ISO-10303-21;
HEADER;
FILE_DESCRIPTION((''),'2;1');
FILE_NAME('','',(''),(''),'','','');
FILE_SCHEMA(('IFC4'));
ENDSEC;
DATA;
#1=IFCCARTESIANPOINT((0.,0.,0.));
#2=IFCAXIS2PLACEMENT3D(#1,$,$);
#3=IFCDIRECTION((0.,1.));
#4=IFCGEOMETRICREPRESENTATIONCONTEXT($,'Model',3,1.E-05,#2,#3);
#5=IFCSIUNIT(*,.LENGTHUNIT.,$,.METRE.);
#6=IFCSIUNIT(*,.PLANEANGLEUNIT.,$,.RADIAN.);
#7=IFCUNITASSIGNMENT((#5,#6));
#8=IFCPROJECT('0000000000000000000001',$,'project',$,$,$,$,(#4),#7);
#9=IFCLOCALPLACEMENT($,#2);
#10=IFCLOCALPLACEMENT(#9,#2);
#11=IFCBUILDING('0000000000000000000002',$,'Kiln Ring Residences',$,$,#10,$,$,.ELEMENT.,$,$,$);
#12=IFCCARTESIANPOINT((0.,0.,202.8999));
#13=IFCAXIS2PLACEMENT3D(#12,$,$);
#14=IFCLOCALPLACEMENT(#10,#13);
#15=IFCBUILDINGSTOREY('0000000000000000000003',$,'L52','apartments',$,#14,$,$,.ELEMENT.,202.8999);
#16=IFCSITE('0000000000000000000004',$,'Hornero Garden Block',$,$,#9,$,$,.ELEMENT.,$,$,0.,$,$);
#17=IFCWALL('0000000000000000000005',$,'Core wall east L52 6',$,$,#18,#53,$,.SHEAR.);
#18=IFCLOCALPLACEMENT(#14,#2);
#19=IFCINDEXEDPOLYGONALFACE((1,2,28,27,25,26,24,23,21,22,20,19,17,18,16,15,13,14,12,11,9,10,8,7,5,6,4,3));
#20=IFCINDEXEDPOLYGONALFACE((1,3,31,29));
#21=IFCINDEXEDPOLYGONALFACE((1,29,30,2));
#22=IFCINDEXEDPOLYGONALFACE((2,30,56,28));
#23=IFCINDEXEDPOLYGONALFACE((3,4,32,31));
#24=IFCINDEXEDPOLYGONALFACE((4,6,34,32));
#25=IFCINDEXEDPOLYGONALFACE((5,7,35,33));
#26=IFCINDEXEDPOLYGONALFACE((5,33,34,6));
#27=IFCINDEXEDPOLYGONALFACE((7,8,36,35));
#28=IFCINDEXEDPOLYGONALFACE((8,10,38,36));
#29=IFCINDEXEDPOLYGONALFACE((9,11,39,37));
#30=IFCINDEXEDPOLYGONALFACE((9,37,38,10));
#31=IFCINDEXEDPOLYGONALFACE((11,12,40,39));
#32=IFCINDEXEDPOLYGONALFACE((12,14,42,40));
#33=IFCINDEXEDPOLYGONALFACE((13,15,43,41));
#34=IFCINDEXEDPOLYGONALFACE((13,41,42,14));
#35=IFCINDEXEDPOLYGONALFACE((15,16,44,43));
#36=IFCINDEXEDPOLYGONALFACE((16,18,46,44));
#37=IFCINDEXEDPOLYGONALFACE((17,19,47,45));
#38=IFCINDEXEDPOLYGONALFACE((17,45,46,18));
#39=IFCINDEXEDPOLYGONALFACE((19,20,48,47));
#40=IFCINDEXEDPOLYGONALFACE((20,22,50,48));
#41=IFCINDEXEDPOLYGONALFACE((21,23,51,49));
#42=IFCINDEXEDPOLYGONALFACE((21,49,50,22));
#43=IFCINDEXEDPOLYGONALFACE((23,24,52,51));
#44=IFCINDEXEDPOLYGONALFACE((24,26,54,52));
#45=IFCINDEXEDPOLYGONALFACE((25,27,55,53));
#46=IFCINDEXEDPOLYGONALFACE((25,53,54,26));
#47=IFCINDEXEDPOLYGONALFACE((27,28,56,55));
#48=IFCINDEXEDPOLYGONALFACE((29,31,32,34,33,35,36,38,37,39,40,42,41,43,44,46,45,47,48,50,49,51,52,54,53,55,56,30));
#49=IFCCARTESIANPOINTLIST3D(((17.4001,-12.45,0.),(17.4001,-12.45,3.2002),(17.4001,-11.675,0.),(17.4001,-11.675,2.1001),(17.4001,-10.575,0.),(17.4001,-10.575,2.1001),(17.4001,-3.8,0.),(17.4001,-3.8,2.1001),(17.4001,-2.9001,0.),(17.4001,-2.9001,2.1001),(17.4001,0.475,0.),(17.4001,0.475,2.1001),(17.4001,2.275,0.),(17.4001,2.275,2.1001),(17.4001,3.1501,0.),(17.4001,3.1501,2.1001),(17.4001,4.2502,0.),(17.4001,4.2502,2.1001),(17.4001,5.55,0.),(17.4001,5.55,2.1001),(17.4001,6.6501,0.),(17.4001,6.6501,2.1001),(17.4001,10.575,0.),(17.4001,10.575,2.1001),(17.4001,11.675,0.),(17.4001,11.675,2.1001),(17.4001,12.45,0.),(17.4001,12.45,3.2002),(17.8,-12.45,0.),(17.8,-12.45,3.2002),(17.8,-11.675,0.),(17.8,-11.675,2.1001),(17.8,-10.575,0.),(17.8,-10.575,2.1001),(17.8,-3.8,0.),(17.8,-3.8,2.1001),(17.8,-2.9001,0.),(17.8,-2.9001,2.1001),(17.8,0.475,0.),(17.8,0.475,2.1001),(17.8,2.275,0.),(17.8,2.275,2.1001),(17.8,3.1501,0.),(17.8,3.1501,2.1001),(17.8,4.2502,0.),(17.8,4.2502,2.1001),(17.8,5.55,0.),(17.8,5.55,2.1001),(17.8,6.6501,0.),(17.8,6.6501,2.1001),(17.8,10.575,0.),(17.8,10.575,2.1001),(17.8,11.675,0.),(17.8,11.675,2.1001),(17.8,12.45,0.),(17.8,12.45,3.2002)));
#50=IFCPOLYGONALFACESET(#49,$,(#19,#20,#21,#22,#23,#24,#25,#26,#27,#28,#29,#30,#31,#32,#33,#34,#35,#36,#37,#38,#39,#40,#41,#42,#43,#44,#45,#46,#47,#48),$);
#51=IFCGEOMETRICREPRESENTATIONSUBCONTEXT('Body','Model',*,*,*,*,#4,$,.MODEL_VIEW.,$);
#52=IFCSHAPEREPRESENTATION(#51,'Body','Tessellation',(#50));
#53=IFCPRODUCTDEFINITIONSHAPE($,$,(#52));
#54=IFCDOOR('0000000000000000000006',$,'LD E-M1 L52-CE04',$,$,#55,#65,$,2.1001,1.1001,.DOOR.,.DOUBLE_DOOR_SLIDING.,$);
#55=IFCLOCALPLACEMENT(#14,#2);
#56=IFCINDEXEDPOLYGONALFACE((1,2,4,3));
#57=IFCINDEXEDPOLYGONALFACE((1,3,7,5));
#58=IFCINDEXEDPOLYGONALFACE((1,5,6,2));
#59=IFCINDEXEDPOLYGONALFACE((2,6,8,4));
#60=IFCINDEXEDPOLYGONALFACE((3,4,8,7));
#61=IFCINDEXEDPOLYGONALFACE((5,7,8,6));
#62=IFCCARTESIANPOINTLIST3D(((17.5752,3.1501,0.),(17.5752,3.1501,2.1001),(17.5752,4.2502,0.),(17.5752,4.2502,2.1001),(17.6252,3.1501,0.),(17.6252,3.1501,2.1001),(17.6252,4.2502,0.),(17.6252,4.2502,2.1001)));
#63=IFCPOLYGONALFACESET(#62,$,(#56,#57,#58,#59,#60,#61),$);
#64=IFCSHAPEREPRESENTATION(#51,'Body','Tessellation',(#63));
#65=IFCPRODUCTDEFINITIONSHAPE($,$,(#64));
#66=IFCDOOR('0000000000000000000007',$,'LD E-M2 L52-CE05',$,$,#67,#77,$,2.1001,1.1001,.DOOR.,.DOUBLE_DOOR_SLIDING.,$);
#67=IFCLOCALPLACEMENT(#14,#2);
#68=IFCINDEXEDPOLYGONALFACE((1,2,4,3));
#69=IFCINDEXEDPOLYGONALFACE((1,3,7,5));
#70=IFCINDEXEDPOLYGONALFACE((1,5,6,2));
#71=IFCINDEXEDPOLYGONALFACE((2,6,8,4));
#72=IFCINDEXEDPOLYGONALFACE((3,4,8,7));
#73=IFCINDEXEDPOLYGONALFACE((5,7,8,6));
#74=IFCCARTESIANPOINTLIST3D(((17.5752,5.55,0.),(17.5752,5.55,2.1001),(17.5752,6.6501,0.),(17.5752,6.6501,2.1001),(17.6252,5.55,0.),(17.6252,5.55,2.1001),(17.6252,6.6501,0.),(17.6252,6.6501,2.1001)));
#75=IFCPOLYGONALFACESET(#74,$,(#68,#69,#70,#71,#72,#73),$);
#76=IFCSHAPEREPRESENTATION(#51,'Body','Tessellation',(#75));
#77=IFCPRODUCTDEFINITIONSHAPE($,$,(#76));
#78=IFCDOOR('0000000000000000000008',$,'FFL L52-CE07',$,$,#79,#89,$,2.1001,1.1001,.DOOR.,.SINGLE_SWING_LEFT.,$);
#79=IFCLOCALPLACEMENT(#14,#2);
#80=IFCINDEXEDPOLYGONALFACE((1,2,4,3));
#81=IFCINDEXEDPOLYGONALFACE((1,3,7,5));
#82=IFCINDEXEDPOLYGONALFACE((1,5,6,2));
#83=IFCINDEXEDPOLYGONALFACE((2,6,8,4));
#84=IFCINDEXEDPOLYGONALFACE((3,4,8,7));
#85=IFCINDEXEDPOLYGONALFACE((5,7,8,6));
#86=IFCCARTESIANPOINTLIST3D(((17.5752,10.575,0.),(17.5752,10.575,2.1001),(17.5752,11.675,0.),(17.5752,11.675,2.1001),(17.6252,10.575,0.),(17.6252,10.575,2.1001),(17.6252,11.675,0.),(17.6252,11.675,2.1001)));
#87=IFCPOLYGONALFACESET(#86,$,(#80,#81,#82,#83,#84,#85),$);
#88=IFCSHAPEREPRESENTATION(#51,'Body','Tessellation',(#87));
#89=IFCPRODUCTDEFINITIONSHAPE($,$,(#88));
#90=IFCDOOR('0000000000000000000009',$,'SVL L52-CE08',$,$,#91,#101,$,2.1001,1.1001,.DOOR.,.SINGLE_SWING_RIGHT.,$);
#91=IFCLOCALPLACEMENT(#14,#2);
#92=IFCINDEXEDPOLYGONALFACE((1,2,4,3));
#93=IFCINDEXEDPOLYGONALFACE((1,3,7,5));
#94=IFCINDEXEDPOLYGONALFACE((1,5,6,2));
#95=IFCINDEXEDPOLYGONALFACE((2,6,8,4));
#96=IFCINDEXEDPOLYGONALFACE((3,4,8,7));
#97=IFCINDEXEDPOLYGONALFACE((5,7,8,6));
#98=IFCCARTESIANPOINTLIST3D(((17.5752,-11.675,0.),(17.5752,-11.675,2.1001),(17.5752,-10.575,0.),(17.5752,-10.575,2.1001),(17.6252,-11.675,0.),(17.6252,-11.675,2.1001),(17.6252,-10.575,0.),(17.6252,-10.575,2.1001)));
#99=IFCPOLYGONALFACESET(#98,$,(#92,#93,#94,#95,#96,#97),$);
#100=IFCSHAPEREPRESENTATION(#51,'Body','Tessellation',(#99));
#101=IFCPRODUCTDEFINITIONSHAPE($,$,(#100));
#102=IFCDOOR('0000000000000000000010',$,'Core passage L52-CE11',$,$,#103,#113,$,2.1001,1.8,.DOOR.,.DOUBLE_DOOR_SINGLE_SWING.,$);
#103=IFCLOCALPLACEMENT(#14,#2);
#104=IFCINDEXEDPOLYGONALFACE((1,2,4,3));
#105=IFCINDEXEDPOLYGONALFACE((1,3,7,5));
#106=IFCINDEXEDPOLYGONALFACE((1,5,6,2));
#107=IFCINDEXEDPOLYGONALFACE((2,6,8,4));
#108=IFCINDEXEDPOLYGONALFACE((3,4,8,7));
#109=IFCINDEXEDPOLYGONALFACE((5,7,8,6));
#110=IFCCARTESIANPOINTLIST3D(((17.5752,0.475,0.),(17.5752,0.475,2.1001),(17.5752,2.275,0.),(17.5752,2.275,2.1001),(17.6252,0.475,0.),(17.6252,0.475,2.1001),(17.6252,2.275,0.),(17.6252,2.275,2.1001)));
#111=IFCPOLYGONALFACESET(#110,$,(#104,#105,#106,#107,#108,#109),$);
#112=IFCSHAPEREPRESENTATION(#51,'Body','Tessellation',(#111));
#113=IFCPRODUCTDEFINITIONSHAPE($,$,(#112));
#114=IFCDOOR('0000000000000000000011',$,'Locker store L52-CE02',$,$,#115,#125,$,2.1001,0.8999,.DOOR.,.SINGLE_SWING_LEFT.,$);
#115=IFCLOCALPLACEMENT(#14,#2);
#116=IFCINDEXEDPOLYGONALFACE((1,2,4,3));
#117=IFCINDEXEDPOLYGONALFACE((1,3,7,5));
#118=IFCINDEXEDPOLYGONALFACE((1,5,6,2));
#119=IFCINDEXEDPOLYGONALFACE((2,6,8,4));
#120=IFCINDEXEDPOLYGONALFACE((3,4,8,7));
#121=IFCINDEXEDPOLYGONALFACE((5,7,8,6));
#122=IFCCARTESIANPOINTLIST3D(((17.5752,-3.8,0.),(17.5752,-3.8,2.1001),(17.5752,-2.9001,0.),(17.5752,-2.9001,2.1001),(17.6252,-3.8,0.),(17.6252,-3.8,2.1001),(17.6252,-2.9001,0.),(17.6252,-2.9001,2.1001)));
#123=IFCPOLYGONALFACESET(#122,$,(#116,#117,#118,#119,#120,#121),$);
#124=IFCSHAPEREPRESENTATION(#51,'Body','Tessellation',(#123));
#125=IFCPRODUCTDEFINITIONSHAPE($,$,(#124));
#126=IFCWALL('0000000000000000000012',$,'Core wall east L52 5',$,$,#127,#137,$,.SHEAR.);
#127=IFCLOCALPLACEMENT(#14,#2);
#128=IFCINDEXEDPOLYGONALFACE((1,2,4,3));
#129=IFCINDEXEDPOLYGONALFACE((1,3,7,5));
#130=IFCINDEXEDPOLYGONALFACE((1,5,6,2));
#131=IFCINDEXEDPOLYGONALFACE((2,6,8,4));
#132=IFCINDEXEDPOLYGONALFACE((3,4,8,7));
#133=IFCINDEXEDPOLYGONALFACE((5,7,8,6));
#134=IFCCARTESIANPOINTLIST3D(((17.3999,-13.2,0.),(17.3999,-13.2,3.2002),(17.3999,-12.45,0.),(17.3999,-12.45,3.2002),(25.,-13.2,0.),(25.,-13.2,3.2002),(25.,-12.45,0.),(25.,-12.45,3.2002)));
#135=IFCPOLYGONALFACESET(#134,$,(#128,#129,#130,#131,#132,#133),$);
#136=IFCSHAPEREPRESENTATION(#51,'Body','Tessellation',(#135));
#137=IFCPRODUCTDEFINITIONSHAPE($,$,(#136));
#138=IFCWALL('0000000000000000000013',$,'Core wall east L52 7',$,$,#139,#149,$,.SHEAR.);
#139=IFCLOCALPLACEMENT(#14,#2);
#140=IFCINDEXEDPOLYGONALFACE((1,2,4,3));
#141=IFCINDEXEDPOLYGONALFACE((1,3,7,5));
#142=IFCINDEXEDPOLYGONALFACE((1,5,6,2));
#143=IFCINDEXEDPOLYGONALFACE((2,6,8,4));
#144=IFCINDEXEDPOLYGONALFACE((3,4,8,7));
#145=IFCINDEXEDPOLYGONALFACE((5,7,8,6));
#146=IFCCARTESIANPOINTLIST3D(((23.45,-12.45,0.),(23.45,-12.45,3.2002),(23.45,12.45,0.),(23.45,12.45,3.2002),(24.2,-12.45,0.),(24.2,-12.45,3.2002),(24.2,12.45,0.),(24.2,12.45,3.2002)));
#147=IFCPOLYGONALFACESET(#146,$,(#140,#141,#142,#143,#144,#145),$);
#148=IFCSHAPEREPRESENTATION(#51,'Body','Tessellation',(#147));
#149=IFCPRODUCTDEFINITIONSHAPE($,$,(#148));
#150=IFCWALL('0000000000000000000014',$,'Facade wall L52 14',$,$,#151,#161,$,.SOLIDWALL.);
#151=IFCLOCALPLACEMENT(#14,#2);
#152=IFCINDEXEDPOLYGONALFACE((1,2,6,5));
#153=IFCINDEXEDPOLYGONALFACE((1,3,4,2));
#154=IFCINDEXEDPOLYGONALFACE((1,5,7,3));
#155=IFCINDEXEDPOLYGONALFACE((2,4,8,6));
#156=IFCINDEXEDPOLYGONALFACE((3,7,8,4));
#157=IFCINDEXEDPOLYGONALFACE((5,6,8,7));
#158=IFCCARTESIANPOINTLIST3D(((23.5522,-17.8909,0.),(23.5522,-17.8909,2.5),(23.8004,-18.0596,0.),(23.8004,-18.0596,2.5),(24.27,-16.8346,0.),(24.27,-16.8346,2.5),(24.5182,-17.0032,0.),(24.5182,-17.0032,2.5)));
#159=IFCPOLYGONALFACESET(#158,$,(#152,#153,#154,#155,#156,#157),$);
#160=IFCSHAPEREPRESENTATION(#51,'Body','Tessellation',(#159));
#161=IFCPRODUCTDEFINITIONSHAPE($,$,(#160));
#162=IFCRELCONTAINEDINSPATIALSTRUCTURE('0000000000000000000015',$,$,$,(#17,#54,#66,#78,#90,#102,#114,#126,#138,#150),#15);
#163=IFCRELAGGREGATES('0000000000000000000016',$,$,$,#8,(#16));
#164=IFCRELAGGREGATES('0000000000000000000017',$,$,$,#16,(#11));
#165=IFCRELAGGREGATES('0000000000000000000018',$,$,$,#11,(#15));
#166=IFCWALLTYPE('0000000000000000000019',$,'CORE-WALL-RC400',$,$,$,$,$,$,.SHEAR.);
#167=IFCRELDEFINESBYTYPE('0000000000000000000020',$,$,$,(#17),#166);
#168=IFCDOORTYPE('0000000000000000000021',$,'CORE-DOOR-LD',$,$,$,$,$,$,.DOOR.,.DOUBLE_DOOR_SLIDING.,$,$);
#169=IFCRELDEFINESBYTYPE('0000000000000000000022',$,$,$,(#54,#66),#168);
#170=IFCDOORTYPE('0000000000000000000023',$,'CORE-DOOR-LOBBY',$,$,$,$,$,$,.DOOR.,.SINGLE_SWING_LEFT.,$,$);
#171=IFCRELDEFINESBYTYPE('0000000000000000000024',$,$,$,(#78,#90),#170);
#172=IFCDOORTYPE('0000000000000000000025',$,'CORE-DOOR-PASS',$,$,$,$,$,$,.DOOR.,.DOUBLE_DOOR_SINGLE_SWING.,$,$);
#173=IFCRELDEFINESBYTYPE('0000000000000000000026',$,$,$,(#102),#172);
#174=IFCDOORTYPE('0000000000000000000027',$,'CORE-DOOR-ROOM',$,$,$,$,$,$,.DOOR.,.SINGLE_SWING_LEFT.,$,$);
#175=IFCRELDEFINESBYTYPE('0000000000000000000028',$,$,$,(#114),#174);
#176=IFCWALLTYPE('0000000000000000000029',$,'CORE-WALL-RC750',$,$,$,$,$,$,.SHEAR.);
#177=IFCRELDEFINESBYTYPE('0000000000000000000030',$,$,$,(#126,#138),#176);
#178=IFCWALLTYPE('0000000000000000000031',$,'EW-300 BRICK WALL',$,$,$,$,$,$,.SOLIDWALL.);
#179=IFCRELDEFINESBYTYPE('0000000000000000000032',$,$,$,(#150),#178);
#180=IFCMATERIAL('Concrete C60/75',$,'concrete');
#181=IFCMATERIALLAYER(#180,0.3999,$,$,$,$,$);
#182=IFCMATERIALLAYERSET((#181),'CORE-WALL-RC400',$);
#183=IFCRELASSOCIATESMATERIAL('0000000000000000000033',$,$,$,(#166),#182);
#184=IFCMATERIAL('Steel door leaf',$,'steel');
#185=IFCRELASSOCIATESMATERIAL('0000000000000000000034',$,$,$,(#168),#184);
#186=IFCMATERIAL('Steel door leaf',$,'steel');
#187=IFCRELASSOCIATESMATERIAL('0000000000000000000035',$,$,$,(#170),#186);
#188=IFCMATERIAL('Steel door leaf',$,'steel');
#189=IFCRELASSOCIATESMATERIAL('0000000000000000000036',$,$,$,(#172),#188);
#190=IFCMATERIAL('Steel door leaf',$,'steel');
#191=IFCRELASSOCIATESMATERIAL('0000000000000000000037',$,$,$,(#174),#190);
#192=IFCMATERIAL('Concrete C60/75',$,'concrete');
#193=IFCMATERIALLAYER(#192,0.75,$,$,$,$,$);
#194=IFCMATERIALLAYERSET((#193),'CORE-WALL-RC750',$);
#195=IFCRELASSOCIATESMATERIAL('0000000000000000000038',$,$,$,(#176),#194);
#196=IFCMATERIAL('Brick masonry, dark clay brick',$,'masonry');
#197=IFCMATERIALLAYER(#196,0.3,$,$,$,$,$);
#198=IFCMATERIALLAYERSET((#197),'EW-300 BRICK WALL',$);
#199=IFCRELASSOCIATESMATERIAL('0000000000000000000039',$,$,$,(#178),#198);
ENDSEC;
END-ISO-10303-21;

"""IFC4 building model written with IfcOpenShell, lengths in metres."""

from ifc_helpers import new_model, si_unit, direction, frame, frame_2d, origin, place, context, subcontext, project, spatial, rectangle, extrude, material, layer, layer_set, type_object, element, fill, save


model = new_model("IFC4")

# Units and contexts
model_context = context("Model", 3, precision=1e-05, world=origin(), true_north=direction((0.0, 1.0)))
body_context = subcontext(model_context, "Body", "Model", "MODEL_VIEW")
ifc_project = project(units=[si_unit("LENGTHUNIT", "METRE"), si_unit("PLANEANGLEUNIT", "RADIAN")], contexts=[model_context])

# Site, building, storey
site_placement = place(None, origin())
site = spatial("IfcSite", under=ifc_project, at=site_placement, Name="Hornero Garden Block", CompositionType="ELEMENT", RefElevation=0.0)
building_placement = place(site_placement, origin())
building = spatial("IfcBuilding", under=site, at=building_placement, Name="Kiln Ring Residences", CompositionType="ELEMENT")
storey_placement = place(building_placement, frame((0.0, 0.0, 202.8999)))
storey = spatial("IfcBuildingStorey", under=building, at=storey_placement, Name="L52", Description="apartments", CompositionType="ELEMENT", Elevation=202.8999)

# Wall, openings, doors
ifc_material_1 = material(Name="Concrete C60/75", Category="concrete")
ifc_layer_1 = layer(ifc_material_1, 0.3999)
ifc_layer_set_1 = layer_set([ifc_layer_1], Name="CORE-WALL-RC400")
wall_type_1 = type_object("IfcWallType", Name="CORE-WALL-RC400", PredefinedType="SHEAR", material=ifc_layer_set_1)
wall_1_placement = place(storey_placement, frame((17.6001, -12.45, 0.0), z_axis=(0.0, 0.0, 1.0), x_axis=(0.0, 1.0, 0.0)))
wall_1 = element("IfcWall", 1, at=wall_1_placement, inside=storey, type_object=wall_type_1, Name="Core wall east L52 6", PredefinedType="SHEAR", context=body_context, shape_type="SweptSolid", body=[
    extrude(rectangle(XDim=24.8999, YDim=0.3999, at=frame_2d((12.45, 0.0))), origin(), (0.0, 0.0, 1.0), 3.2002),
])
opening_1_placement = place(wall_1_placement, frame((8.6499, 0.0, 0.0)))
opening_1 = element("IfcOpeningElement", 2, at=opening_1_placement, cuts=wall_1, PredefinedType="OPENING", context=body_context, shape_type="SweptSolid", body=[
    extrude(rectangle(XDim=0.8999, YDim=2.1001, at=frame_2d((0.45, 1.05))), frame((0.0, 0.21, 0.0), z_axis=(0.0, -1.0, 0.0), x_axis=(1.0, 0.0, 0.0)), (0.0, 0.0, 1.0), 0.4199),
])
opening_2_placement = place(wall_1_placement, frame((15.6001, 0.0, 0.0)))
opening_2 = element("IfcOpeningElement", 3, at=opening_2_placement, cuts=wall_1, PredefinedType="OPENING", context=body_context, shape_type="SweptSolid", body=[
    extrude(rectangle(XDim=1.1001, YDim=2.1001, at=frame_2d((0.55, 1.05))), frame((0.0, 0.21, 0.0), z_axis=(0.0, -1.0, 0.0), x_axis=(1.0, 0.0, 0.0)), (0.0, 0.0, 1.0), 0.4199),
])
opening_3_placement = place(wall_1_placement, frame((18.0, 0.0, 0.0)))
opening_3 = element("IfcOpeningElement", 4, at=opening_3_placement, cuts=wall_1, PredefinedType="OPENING", context=body_context, shape_type="SweptSolid", body=[
    extrude(rectangle(XDim=1.1001, YDim=2.1001, at=frame_2d((0.55, 1.05))), frame((0.0, 0.21, 0.0), z_axis=(0.0, -1.0, 0.0), x_axis=(1.0, 0.0, 0.0)), (0.0, 0.0, 1.0), 0.4199),
])
opening_4_placement = place(wall_1_placement, frame((23.0249, 0.0, 0.0)))
opening_4 = element("IfcOpeningElement", 5, at=opening_4_placement, cuts=wall_1, PredefinedType="OPENING", context=body_context, shape_type="SweptSolid", body=[
    extrude(rectangle(XDim=1.1001, YDim=2.1001, at=frame_2d((0.55, 1.05))), frame((0.0, 0.21, 0.0), z_axis=(0.0, -1.0, 0.0), x_axis=(1.0, 0.0, 0.0)), (0.0, 0.0, 1.0), 0.4199),
])
opening_5_placement = place(wall_1_placement, frame((0.7749, 0.0, 0.0)))
opening_5 = element("IfcOpeningElement", 6, at=opening_5_placement, cuts=wall_1, PredefinedType="OPENING", context=body_context, shape_type="SweptSolid", body=[
    extrude(rectangle(XDim=1.1001, YDim=2.1001, at=frame_2d((0.55, 1.05))), frame((0.0, 0.21, 0.0), z_axis=(0.0, -1.0, 0.0), x_axis=(1.0, 0.0, 0.0)), (0.0, 0.0, 1.0), 0.4199),
])
opening_6_placement = place(wall_1_placement, frame((12.925, 0.0, 0.0)))
opening_6 = element("IfcOpeningElement", 7, at=opening_6_placement, cuts=wall_1, PredefinedType="OPENING", context=body_context, shape_type="SweptSolid", body=[
    extrude(rectangle(XDim=1.8, YDim=2.1001, at=frame_2d((0.8999, 1.05))), frame((0.0, 0.21, 0.0), z_axis=(0.0, -1.0, 0.0), x_axis=(1.0, 0.0, 0.0)), (0.0, 0.0, 1.0), 0.4199),
])
ifc_material_2 = material(Name="Steel door leaf", Category="steel")
door_type_1 = type_object("IfcDoorType", Name="CORE-DOOR-LD", OperationType="DOUBLE_DOOR_SLIDING", PredefinedType="DOOR", material=ifc_material_2)
door_1_placement = place(opening_2_placement, origin())
door_1 = element("IfcDoor", 8, at=door_1_placement, inside=storey, type_object=door_type_1, Name="LD E-M1 L52-CE04", OperationType="DOUBLE_DOOR_SLIDING", OverallHeight=2.1001, OverallWidth=1.1001, PredefinedType="DOOR", context=body_context, shape_type="SweptSolid", body=[
    extrude(rectangle(XDim=1.1001, YDim=2.1001, at=frame_2d((0.55, 1.05))), frame((0.0, 0.0249, 0.0), z_axis=(0.0, -1.0, 0.0), x_axis=(1.0, 0.0, 0.0)), (0.0, 0.0, 1.0), 0.05),
])
fill(opening_2, door_1)
door_2_placement = place(opening_3_placement, origin())
door_2 = element("IfcDoor", 9, at=door_2_placement, inside=storey, type_object=door_type_1, Name="LD E-M2 L52-CE05", OperationType="DOUBLE_DOOR_SLIDING", OverallHeight=2.1001, OverallWidth=1.1001, PredefinedType="DOOR", context=body_context, shape_type="SweptSolid", body=[
    extrude(rectangle(XDim=1.1001, YDim=2.1001, at=frame_2d((0.55, 1.05))), frame((0.0, 0.0249, 0.0), z_axis=(0.0, -1.0, 0.0), x_axis=(1.0, 0.0, 0.0)), (0.0, 0.0, 1.0), 0.05),
])
fill(opening_3, door_2)
ifc_material_3 = material(Name="Steel door leaf", Category="steel")
door_type_2 = type_object("IfcDoorType", Name="CORE-DOOR-LOBBY", OperationType="SINGLE_SWING_LEFT", PredefinedType="DOOR", material=ifc_material_3)
door_3_placement = place(opening_4_placement, origin())
door_3 = element("IfcDoor", 10, at=door_3_placement, inside=storey, type_object=door_type_2, Name="FFL L52-CE07", OperationType="SINGLE_SWING_LEFT", OverallHeight=2.1001, OverallWidth=1.1001, PredefinedType="DOOR", context=body_context, shape_type="SweptSolid", body=[
    extrude(rectangle(XDim=1.1001, YDim=2.1001, at=frame_2d((0.55, 1.05))), frame((0.0, 0.0249, 0.0), z_axis=(0.0, -1.0, 0.0), x_axis=(1.0, 0.0, 0.0)), (0.0, 0.0, 1.0), 0.05),
])
fill(opening_4, door_3)
door_4_placement = place(opening_5_placement, origin())
door_4 = element("IfcDoor", 11, at=door_4_placement, inside=storey, type_object=door_type_2, Name="SVL L52-CE08", OperationType="SINGLE_SWING_RIGHT", OverallHeight=2.1001, OverallWidth=1.1001, PredefinedType="DOOR", context=body_context, shape_type="SweptSolid", body=[
    extrude(rectangle(XDim=1.1001, YDim=2.1001, at=frame_2d((0.55, 1.05))), frame((0.0, 0.0249, 0.0), z_axis=(0.0, -1.0, 0.0), x_axis=(1.0, 0.0, 0.0)), (0.0, 0.0, 1.0), 0.05),
])
fill(opening_5, door_4)
ifc_material_4 = material(Name="Steel door leaf", Category="steel")
door_type_3 = type_object("IfcDoorType", Name="CORE-DOOR-PASS", OperationType="DOUBLE_DOOR_SINGLE_SWING", PredefinedType="DOOR", material=ifc_material_4)
door_5_placement = place(opening_6_placement, origin())
door_5 = element("IfcDoor", 12, at=door_5_placement, inside=storey, type_object=door_type_3, Name="Core passage L52-CE11", OperationType="DOUBLE_DOOR_SINGLE_SWING", OverallHeight=2.1001, OverallWidth=1.8, PredefinedType="DOOR", context=body_context, shape_type="SweptSolid", body=[
    extrude(rectangle(XDim=1.8, YDim=2.1001, at=frame_2d((0.8999, 1.05))), frame((0.0, 0.0249, 0.0), z_axis=(0.0, -1.0, 0.0), x_axis=(1.0, 0.0, 0.0)), (0.0, 0.0, 1.0), 0.05),
])
fill(opening_6, door_5)
ifc_material_5 = material(Name="Steel door leaf", Category="steel")
door_type_4 = type_object("IfcDoorType", Name="CORE-DOOR-ROOM", OperationType="SINGLE_SWING_LEFT", PredefinedType="DOOR", material=ifc_material_5)
door_6_placement = place(opening_1_placement, origin())
door_6 = element("IfcDoor", 13, at=door_6_placement, inside=storey, type_object=door_type_4, Name="Locker store L52-CE02", OperationType="SINGLE_SWING_LEFT", OverallHeight=2.1001, OverallWidth=0.8999, PredefinedType="DOOR", context=body_context, shape_type="SweptSolid", body=[
    extrude(rectangle(XDim=0.8999, YDim=2.1001, at=frame_2d((0.45, 1.05))), frame((0.0, 0.0249, 0.0), z_axis=(0.0, -1.0, 0.0), x_axis=(1.0, 0.0, 0.0)), (0.0, 0.0, 1.0), 0.05),
])
fill(opening_1, door_6)

# Walls
ifc_material_6 = material(Name="Concrete C60/75", Category="concrete")
ifc_layer_2 = layer(ifc_material_6, 0.75)
ifc_layer_set_2 = layer_set([ifc_layer_2], Name="CORE-WALL-RC750")
wall_type_2 = type_object("IfcWallType", Name="CORE-WALL-RC750", PredefinedType="SHEAR", material=ifc_layer_set_2)
wall_2_placement = place(storey_placement, frame((17.3999, -12.825, 0.0), z_axis=(0.0, 0.0, 1.0), x_axis=(1.0, 0.0, 0.0)))
element("IfcWall", 14, at=wall_2_placement, inside=storey, type_object=wall_type_2, Name="Core wall east L52 5", PredefinedType="SHEAR", context=body_context, shape_type="SweptSolid", body=[
    extrude(rectangle(XDim=7.6001, YDim=0.75, at=frame_2d((3.8, 0.0))), origin(), (0.0, 0.0, 1.0), 3.2002),
])
wall_3_placement = place(storey_placement, frame((23.825, -12.45, 0.0), z_axis=(0.0, 0.0, 1.0), x_axis=(0.0, 1.0, 0.0)))
element("IfcWall", 15, at=wall_3_placement, inside=storey, type_object=wall_type_2, Name="Core wall east L52 7", PredefinedType="SHEAR", context=body_context, shape_type="SweptSolid", body=[
    extrude(rectangle(XDim=24.8999, YDim=0.75, at=frame_2d((12.45, 0.0))), origin(), (0.0, 0.0, 1.0), 3.2002),
])
ifc_material_7 = material(Name="Brick masonry, dark clay brick", Category="masonry")
ifc_layer_3 = layer(ifc_material_7, 0.3)
ifc_layer_set_3 = layer_set([ifc_layer_3], Name="EW-300 BRICK WALL")
wall_type_3 = type_object("IfcWallType", Name="EW-300 BRICK WALL", PredefinedType="SOLIDWALL", material=ifc_layer_set_3)
wall_4_placement = place(storey_placement, frame((23.6763, -17.9753, 0.0), z_axis=(0.0, 0.0, 1.0), x_axis=(0.562001, 0.827136, 0.0)))
element("IfcWall", 16, at=wall_4_placement, inside=storey, type_object=wall_type_3, Name="Facade wall L52 14", PredefinedType="SOLIDWALL", context=body_context, shape_type="SweptSolid", body=[
    extrude(rectangle(XDim=1.2771, YDim=0.3, at=frame_2d((0.6387, 0.0))), origin(), (0.0, 0.0, 1.0), 2.5),
])

save(model, "model.ifc")
